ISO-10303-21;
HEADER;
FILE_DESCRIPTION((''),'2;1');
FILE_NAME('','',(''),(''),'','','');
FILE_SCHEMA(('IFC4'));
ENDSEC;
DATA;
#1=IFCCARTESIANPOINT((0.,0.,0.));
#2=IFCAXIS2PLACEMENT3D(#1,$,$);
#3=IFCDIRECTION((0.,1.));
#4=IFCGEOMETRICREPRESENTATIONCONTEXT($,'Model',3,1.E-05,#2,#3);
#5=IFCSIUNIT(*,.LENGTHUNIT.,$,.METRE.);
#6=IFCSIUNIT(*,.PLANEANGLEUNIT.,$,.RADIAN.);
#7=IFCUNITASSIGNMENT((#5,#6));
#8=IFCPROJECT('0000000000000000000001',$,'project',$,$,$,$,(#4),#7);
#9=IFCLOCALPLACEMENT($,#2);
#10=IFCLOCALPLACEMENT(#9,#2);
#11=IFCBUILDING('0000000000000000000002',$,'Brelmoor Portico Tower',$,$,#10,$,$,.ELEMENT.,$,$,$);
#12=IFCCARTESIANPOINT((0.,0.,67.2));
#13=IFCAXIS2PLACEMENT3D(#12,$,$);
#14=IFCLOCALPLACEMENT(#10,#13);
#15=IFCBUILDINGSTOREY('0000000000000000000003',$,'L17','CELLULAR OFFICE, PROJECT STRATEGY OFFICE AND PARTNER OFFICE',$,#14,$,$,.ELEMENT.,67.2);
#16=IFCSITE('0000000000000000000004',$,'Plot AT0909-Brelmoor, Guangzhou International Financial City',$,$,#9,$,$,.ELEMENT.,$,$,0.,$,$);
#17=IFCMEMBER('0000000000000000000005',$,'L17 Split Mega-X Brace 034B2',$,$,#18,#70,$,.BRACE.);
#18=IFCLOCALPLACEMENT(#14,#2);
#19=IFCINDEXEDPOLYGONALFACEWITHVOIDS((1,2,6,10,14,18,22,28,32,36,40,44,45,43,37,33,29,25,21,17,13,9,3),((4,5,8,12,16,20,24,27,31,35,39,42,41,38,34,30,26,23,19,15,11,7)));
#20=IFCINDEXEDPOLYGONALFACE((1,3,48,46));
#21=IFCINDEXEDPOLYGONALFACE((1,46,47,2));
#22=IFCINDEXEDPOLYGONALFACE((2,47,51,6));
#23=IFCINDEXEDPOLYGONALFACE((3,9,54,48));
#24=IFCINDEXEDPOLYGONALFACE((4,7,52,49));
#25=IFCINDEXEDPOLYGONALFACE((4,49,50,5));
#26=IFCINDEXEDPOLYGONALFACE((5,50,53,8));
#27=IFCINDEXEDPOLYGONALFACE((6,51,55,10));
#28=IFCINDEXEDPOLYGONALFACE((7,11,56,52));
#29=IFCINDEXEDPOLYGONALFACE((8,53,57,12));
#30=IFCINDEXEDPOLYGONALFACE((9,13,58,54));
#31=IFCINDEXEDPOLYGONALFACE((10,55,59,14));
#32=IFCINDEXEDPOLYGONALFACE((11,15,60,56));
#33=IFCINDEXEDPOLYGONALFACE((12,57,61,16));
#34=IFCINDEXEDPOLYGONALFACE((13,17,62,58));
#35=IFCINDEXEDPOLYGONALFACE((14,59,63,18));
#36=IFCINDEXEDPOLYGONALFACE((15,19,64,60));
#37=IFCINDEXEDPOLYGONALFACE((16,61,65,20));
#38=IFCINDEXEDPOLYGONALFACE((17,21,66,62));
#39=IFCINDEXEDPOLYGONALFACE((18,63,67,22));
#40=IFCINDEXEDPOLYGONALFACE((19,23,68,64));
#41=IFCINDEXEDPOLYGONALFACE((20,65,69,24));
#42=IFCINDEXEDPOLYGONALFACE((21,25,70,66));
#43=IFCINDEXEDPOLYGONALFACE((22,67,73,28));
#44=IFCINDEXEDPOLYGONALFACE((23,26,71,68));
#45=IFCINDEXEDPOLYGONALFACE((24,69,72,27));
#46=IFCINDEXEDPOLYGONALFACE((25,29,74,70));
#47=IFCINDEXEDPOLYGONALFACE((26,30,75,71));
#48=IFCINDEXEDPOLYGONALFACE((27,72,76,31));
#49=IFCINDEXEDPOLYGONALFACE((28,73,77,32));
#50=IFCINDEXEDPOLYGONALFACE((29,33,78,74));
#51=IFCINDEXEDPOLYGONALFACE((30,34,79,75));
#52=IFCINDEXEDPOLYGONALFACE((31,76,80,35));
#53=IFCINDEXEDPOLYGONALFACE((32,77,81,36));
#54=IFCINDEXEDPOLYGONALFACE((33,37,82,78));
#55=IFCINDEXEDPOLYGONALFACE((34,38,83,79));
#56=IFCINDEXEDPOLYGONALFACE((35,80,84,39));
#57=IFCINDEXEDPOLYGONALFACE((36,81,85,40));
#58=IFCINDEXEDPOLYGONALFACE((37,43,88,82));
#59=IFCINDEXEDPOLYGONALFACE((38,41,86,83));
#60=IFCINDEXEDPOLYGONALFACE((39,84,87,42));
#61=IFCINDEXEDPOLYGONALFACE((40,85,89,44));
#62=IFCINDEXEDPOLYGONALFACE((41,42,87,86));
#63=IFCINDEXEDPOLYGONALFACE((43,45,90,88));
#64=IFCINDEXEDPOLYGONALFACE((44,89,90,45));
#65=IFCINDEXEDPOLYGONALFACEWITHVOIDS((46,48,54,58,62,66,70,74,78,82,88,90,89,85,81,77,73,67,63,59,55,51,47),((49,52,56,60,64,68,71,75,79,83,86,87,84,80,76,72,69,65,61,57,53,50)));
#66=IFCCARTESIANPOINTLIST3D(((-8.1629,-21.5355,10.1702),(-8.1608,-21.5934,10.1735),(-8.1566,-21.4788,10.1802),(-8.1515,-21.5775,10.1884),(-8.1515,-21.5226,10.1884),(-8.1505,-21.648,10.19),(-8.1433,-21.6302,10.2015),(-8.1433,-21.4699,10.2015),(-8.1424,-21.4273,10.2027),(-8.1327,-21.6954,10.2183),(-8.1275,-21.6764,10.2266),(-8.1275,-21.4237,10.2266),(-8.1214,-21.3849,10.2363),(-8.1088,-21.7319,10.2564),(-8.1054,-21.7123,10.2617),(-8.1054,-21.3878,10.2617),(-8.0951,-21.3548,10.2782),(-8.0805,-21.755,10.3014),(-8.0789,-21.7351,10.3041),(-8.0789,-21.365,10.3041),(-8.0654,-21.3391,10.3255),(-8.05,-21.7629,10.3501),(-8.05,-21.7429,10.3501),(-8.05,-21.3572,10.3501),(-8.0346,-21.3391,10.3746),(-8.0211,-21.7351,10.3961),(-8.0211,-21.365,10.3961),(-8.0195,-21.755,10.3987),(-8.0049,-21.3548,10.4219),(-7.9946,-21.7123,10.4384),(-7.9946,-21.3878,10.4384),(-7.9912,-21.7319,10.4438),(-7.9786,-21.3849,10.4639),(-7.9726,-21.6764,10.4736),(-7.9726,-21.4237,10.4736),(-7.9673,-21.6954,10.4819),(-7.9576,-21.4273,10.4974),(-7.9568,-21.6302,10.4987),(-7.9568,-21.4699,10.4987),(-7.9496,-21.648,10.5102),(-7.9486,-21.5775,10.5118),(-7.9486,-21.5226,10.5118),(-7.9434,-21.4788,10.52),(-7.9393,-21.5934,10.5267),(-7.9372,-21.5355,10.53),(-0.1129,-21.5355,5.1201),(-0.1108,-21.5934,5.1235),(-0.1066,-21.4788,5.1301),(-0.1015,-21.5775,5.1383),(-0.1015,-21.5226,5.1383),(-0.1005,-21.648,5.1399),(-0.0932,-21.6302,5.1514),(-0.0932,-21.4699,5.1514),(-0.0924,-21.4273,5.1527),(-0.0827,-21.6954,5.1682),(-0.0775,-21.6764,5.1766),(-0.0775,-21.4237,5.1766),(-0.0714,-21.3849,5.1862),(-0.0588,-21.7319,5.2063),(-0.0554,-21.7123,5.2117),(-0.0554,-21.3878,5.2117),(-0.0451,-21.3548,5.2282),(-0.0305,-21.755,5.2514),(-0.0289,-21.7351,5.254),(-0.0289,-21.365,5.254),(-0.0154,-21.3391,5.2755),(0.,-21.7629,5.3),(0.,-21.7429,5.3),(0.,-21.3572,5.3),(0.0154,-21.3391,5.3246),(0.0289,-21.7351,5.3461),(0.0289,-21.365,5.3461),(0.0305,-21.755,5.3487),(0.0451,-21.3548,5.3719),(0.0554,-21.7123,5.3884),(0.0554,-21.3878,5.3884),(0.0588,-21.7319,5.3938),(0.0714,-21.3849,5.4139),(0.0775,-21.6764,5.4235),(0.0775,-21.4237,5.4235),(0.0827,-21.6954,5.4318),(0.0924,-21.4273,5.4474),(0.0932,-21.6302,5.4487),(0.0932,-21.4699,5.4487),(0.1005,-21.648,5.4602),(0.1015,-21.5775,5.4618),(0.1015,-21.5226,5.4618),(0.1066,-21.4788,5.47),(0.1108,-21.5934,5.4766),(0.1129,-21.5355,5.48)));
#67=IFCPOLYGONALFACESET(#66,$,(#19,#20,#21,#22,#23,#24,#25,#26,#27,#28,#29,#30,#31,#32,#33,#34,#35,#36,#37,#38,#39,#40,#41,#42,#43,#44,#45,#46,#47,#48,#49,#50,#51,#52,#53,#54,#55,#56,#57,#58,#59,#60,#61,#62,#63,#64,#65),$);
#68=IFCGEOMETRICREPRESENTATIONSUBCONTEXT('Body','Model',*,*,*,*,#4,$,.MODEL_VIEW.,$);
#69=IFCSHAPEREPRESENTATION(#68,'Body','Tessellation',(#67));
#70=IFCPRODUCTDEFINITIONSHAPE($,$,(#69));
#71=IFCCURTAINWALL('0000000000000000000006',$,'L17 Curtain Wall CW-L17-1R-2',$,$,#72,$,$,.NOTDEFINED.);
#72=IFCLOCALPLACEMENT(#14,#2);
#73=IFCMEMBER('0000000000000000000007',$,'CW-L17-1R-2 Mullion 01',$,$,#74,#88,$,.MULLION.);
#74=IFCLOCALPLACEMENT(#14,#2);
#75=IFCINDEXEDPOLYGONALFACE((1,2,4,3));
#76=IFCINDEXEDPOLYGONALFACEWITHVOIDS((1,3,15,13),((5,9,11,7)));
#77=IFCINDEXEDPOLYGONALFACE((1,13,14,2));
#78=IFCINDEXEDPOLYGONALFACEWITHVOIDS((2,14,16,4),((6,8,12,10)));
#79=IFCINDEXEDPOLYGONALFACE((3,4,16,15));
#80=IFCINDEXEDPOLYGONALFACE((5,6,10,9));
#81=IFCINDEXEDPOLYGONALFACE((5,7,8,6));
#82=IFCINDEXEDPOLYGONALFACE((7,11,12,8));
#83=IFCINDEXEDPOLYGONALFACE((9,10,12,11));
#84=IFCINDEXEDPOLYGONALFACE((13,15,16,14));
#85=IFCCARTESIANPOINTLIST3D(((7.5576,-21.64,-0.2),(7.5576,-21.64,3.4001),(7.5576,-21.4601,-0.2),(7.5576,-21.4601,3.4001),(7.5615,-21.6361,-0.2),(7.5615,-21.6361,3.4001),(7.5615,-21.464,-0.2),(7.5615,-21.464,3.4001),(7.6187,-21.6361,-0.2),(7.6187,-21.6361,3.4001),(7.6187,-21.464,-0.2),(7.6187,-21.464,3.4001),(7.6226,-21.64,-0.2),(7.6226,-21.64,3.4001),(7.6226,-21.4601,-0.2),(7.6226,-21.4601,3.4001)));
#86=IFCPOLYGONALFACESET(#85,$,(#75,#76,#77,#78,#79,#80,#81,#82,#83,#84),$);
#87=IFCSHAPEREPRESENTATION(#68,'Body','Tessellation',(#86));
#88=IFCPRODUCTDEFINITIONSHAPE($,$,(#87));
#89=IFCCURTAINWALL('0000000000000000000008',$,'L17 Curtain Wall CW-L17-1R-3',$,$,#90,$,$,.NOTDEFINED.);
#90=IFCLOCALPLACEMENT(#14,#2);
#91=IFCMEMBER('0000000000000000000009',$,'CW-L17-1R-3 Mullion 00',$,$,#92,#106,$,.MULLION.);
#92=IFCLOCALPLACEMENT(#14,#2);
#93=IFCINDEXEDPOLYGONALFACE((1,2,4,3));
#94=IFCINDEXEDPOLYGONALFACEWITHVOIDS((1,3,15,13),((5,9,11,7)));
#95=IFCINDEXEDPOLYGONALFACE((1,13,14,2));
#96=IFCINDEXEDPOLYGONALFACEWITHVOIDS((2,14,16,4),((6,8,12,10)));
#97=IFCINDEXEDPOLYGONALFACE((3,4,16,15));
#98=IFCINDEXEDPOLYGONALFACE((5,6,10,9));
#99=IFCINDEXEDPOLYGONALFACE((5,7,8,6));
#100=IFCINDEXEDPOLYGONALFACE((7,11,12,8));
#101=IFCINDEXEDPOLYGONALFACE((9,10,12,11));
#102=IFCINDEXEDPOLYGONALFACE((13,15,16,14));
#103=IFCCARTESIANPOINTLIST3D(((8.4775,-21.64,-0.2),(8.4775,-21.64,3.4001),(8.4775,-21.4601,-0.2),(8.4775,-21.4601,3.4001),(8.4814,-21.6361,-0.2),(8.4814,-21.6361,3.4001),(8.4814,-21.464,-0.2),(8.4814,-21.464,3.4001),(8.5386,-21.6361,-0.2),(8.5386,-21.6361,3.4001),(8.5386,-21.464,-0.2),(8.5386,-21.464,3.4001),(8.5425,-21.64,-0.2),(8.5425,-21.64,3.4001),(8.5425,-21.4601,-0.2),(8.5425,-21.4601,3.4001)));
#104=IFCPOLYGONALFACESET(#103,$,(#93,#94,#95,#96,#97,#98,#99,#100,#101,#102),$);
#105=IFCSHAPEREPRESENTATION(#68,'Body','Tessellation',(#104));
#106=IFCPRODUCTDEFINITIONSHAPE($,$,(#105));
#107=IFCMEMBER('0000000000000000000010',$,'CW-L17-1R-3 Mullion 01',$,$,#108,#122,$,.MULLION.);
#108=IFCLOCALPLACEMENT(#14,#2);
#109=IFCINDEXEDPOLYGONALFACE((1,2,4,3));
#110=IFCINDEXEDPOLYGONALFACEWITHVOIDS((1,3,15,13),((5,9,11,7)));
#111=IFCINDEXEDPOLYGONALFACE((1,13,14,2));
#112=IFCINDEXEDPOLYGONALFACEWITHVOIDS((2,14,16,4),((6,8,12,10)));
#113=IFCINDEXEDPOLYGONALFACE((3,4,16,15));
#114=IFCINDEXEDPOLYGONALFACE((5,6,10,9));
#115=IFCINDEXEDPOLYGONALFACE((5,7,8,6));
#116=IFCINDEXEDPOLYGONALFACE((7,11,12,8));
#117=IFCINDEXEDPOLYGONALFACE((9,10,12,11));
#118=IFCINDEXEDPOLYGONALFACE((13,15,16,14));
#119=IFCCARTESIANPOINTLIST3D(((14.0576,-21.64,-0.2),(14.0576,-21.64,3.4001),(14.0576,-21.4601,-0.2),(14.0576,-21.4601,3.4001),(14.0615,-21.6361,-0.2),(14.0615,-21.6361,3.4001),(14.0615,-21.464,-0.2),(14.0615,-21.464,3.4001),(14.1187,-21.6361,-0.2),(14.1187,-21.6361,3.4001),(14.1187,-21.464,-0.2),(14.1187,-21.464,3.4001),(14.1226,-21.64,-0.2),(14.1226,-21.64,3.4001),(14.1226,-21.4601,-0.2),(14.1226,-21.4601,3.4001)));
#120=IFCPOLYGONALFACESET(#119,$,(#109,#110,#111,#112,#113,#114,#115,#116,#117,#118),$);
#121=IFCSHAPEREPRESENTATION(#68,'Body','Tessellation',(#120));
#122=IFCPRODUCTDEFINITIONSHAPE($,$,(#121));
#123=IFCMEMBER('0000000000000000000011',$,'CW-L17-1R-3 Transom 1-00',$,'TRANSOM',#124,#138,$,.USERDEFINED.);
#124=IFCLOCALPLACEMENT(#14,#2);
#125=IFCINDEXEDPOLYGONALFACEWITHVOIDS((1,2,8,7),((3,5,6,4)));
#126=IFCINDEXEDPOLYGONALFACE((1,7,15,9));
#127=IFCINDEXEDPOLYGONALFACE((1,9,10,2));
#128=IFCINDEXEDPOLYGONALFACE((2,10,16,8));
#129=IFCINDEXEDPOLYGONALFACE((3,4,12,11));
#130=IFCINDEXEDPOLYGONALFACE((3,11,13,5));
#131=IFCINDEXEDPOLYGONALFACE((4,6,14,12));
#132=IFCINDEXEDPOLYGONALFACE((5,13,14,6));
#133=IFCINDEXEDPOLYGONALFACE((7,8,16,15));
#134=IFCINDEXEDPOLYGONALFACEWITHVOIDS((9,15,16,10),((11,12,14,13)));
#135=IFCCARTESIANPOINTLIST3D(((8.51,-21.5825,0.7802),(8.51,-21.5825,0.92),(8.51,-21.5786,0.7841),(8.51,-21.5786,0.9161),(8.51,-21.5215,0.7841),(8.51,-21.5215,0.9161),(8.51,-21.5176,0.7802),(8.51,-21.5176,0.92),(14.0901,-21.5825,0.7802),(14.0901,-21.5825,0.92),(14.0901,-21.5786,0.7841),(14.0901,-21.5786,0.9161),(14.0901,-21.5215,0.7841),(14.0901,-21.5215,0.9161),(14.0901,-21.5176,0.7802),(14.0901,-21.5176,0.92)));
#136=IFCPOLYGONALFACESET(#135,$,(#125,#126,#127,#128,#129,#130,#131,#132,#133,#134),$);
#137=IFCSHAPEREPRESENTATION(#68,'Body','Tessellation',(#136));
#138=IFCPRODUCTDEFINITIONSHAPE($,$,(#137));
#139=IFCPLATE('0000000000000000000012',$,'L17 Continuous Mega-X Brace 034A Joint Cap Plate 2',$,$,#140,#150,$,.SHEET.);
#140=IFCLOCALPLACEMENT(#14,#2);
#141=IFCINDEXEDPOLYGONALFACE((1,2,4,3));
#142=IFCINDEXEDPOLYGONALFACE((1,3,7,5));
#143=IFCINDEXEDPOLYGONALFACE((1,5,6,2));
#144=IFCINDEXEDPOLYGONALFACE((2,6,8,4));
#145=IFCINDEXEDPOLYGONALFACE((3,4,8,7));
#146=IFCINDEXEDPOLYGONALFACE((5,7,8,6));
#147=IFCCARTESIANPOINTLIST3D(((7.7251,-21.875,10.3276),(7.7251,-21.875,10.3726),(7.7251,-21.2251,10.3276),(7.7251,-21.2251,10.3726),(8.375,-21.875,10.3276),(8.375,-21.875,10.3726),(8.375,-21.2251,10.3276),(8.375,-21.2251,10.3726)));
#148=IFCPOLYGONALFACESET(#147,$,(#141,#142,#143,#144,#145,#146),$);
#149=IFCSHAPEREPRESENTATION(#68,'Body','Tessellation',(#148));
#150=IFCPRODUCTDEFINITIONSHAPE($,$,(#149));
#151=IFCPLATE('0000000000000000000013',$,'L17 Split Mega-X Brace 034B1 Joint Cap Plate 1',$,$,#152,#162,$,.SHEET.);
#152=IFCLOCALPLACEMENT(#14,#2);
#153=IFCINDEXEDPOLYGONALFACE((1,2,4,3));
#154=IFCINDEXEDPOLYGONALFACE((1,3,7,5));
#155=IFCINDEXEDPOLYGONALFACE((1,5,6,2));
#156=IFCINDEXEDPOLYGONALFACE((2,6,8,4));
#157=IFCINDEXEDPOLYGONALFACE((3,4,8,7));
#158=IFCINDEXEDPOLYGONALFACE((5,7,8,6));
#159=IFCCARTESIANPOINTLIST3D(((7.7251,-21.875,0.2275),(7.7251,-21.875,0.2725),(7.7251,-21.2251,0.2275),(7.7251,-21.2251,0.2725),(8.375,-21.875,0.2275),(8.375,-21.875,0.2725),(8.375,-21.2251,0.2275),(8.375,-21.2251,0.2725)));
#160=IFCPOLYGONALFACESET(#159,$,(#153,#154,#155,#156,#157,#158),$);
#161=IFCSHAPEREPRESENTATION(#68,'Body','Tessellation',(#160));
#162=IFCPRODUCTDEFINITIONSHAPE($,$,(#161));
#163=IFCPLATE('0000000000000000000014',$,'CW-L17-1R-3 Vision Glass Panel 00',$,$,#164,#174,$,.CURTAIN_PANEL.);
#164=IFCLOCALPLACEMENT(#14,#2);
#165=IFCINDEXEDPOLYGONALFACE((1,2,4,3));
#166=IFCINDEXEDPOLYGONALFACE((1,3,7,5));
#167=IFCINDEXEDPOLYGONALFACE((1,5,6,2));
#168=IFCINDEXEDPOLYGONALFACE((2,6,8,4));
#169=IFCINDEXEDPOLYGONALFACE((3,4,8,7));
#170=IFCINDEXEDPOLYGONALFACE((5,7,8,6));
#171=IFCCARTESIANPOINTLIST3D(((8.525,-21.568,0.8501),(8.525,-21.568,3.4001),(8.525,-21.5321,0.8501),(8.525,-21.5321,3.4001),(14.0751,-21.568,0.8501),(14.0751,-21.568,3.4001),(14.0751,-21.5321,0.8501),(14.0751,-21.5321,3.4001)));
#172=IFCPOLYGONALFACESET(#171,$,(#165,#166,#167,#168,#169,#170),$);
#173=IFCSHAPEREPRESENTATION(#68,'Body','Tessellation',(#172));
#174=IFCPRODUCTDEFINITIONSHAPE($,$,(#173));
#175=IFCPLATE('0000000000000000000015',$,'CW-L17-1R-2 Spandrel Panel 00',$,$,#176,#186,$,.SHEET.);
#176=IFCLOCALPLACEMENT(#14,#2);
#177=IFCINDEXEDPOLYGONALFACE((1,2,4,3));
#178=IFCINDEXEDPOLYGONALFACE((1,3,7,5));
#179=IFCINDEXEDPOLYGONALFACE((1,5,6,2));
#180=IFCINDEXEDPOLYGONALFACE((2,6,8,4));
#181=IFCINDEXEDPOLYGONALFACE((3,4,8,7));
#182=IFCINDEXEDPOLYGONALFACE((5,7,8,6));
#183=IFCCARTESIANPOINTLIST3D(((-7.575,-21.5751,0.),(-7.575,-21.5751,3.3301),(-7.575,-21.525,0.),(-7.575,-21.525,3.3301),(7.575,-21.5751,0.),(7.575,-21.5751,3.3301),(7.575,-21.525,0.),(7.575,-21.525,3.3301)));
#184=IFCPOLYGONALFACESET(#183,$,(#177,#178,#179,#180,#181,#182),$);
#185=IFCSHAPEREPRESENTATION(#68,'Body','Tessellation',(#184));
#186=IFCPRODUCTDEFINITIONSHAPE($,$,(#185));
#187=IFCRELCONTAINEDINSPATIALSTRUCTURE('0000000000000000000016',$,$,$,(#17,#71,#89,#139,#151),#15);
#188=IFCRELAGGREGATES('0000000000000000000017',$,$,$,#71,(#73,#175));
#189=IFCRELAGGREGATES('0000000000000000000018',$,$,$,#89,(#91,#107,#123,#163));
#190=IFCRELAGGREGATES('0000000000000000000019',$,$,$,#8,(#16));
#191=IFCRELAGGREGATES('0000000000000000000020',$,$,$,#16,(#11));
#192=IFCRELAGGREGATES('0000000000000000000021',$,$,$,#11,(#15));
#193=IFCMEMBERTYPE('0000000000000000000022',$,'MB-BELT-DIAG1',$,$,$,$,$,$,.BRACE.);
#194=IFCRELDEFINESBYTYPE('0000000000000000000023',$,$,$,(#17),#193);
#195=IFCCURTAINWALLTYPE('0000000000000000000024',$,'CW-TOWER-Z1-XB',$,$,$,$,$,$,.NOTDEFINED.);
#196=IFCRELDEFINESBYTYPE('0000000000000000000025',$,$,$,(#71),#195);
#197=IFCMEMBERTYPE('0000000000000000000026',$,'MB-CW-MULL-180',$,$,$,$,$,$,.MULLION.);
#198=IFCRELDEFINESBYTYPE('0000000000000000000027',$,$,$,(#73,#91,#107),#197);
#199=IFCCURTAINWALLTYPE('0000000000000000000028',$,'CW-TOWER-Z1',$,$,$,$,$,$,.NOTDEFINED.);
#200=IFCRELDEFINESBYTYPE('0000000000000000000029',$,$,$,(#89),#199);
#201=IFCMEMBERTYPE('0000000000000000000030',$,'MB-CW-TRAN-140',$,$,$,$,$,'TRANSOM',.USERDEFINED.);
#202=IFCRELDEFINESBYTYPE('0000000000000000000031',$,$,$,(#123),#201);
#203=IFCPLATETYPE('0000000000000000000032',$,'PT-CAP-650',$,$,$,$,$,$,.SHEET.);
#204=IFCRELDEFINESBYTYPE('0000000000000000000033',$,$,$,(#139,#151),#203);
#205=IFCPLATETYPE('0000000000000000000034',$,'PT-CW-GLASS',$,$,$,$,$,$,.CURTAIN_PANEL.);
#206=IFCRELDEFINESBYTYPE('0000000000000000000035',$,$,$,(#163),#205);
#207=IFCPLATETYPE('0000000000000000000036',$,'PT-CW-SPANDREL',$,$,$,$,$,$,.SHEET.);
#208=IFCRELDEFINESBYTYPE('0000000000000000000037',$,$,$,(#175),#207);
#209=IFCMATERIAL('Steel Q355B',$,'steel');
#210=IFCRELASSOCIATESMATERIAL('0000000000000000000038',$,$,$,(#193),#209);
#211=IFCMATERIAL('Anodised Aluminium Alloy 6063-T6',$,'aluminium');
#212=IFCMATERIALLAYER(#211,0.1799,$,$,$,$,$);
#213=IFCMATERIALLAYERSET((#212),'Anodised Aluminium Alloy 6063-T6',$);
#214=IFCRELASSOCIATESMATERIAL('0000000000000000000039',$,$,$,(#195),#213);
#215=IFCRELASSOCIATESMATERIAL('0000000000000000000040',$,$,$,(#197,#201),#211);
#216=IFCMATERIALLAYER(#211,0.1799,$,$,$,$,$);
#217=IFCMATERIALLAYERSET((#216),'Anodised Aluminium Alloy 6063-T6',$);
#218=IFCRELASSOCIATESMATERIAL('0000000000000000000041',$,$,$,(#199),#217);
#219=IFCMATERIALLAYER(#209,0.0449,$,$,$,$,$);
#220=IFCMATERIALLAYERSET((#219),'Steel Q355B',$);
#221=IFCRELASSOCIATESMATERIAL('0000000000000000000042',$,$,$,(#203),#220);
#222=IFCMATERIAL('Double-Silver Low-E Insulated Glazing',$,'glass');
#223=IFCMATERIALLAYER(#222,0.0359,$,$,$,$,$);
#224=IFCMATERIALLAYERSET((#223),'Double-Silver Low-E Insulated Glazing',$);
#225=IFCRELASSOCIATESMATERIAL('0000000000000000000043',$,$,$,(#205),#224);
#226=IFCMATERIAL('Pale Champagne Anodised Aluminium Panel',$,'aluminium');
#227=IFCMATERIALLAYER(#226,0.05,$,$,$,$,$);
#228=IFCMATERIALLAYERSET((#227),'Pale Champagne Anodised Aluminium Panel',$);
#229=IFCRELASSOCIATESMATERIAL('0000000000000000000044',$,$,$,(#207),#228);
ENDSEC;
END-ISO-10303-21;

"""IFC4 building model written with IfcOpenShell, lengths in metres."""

from ifc_helpers import new_model, si_unit, direction, frame, origin, origin_2d, place, context, subcontext, project, spatial, rectangle, hollow_rectangle, hollow_circle, extrude, material, layer, layer_set, material_profile, profile_set, type_object, element, aggregate, save


model = new_model("IFC4")

# Units and contexts
model_context = context("Model", 3, precision=1e-05, world=origin(), true_north=direction((0.0, 1.0)))
body_context = subcontext(model_context, "Body", "Model", "MODEL_VIEW")
ifc_project = project(units=[si_unit("LENGTHUNIT", "METRE"), si_unit("PLANEANGLEUNIT", "RADIAN")], contexts=[model_context])

# Site, building, storey
site_placement = place(None, origin())
site = spatial("IfcSite", under=ifc_project, at=site_placement, Name="Plot AT0909-Brelmoor, Guangzhou International Financial City", CompositionType="ELEMENT", RefElevation=0.0)
building_placement = place(site_placement, origin())
building = spatial("IfcBuilding", under=site, at=building_placement, Name="Brelmoor Portico Tower", CompositionType="ELEMENT")
storey_placement = place(building_placement, frame((0.0, 0.0, 67.2)))
storey = spatial("IfcBuildingStorey", under=building, at=storey_placement, Name="L17", Description="CELLULAR OFFICE, PROJECT STRATEGY OFFICE AND PARTNER OFFICE", CompositionType="ELEMENT", Elevation=67.2)

# Shared definitions
ifc_material_1 = material(Name="Steel Q355B", Category="steel")

# Member
ifc_material_profile_1 = material_profile(ifc_material_1, hollow_circle(Radius=0.2129, WallThickness=0.02, at=origin_2d()), Name="CHS 426x20")
ifc_profile_set_1 = profile_set([ifc_material_profile_1], Name="Steel Q355B")
member_type_1 = type_object("IfcMemberType", Name="MB-BELT-DIAG1", PredefinedType="BRACE", material=ifc_profile_set_1)
for number, where, z_axis, x_axis, name in (
    (1, (0.0, -21.55, 5.3), (-0.847109, 0.0, 0.531418), (0.0, -1.0, 0.0), "L17 Split Mega-X Brace 034B2"),
):
    element("IfcMember", number, at=place(storey_placement, frame(where, z_axis=z_axis, x_axis=x_axis)), inside=storey, type_object=member_type_1, Name=name, PredefinedType="BRACE", context=body_context, shape_type="SweptSolid", body=[
        extrude(hollow_circle(Radius=0.2129, WallThickness=0.02, at=origin_2d()), origin(), (0.0, 0.0, 1.0), 9.5029),
    ])

# Curtain wall, member
ifc_material_2 = material(Name="Anodised Aluminium Alloy 6063-T6", Category="aluminium")
ifc_layer_1 = layer(ifc_material_2, 0.1799)
ifc_layer_set_1 = layer_set([ifc_layer_1], Name="Anodised Aluminium Alloy 6063-T6")
curtain_wall_type_1 = type_object("IfcCurtainWallType", Name="CW-TOWER-Z1-XB", PredefinedType="NOTDEFINED", material=ifc_layer_set_1)
curtain_wall_1_placement = place(storey_placement, origin())
curtain_wall_1 = element("IfcCurtainWall", 2, at=curtain_wall_1_placement, inside=storey, type_object=curtain_wall_type_1, Name="L17 Curtain Wall CW-L17-1R-2", PredefinedType="NOTDEFINED")
ifc_material_profile_2 = material_profile(ifc_material_2, hollow_rectangle(XDim=0.0649, YDim=0.1799, WallThickness=0.0039, at=origin_2d()), Name="ALU MULLION 65x180")
ifc_profile_set_2 = profile_set([ifc_material_profile_2], Name="Anodised Aluminium Alloy 6063-T6")
member_type_2 = type_object("IfcMemberType", Name="MB-CW-MULL-180", PredefinedType="MULLION", material=ifc_profile_set_2)
member_1_placement = place(storey_placement, frame((7.5901, -21.55, -0.2), z_axis=(0.0, 0.0, 1.0), x_axis=(1.0, 0.0, 0.0)))
member_1 = element("IfcMember", 3, at=member_1_placement, type_object=member_type_2, Name="CW-L17-1R-2 Mullion 01", PredefinedType="MULLION", context=body_context, shape_type="SweptSolid", body=[
    extrude(hollow_rectangle(XDim=0.0649, YDim=0.1799, WallThickness=0.0039, at=origin_2d()), origin(), (0.0, 0.0, 1.0), 3.6001),
])

# Curtain wall, members
ifc_layer_2 = layer(ifc_material_2, 0.1799)
ifc_layer_set_2 = layer_set([ifc_layer_2], Name="Anodised Aluminium Alloy 6063-T6")
curtain_wall_type_2 = type_object("IfcCurtainWallType", Name="CW-TOWER-Z1", PredefinedType="NOTDEFINED", material=ifc_layer_set_2)
curtain_wall_2_placement = place(storey_placement, origin())
curtain_wall_2 = element("IfcCurtainWall", 4, at=curtain_wall_2_placement, inside=storey, type_object=curtain_wall_type_2, Name="L17 Curtain Wall CW-L17-1R-3", PredefinedType="NOTDEFINED")
member_2_placement = place(storey_placement, frame((8.51, -21.55, -0.2), z_axis=(0.0, 0.0, 1.0), x_axis=(1.0, 0.0, 0.0)))
member_2 = element("IfcMember", 5, at=member_2_placement, type_object=member_type_2, Name="CW-L17-1R-3 Mullion 00", PredefinedType="MULLION", context=body_context, shape_type="SweptSolid", body=[
    extrude(hollow_rectangle(XDim=0.0649, YDim=0.1799, WallThickness=0.0039, at=origin_2d()), origin(), (0.0, 0.0, 1.0), 3.6001),
])
member_3_placement = place(storey_placement, frame((14.0901, -21.55, -0.2), z_axis=(0.0, 0.0, 1.0), x_axis=(1.0, 0.0, 0.0)))
member_3 = element("IfcMember", 6, at=member_3_placement, type_object=member_type_2, Name="CW-L17-1R-3 Mullion 01", PredefinedType="MULLION", context=body_context, shape_type="SweptSolid", body=[
    extrude(hollow_rectangle(XDim=0.0649, YDim=0.1799, WallThickness=0.0039, at=origin_2d()), origin(), (0.0, 0.0, 1.0), 3.6001),
])
ifc_material_profile_3 = material_profile(ifc_material_2, hollow_rectangle(XDim=0.0649, YDim=0.1399, WallThickness=0.0039, at=origin_2d()), Name="ALU TRANSOM 65x140")
ifc_profile_set_3 = profile_set([ifc_material_profile_3], Name="Anodised Aluminium Alloy 6063-T6")
member_type_3 = type_object("IfcMemberType", Name="MB-CW-TRAN-140", ElementType="TRANSOM", PredefinedType="USERDEFINED", material=ifc_profile_set_3)
member_4_placement = place(storey_placement, frame((8.51, -21.55, 0.8501), z_axis=(1.0, 0.0, 0.0), x_axis=(0.0, 1.0, 0.0)))
member_4 = element("IfcMember", 7, at=member_4_placement, type_object=member_type_3, Name="CW-L17-1R-3 Transom 1-00", ObjectType="TRANSOM", PredefinedType="USERDEFINED", context=body_context, shape_type="SweptSolid", body=[
    extrude(hollow_rectangle(XDim=0.0649, YDim=0.1399, WallThickness=0.0039, at=origin_2d()), origin(), (0.0, 0.0, 1.0), 5.5801),
])

# Plates
ifc_layer_3 = layer(ifc_material_1, 0.0449)
ifc_layer_set_3 = layer_set([ifc_layer_3], Name="Steel Q355B")
plate_type_1 = type_object("IfcPlateType", Name="PT-CAP-650", PredefinedType="SHEET", material=ifc_layer_set_3)
for number, where, z_axis, x_axis, name in (
    (8, (8.05, -21.55, 10.3276), (0.0, 0.0, 1.0), (1.0, 0.0, 0.0), "L17 Continuous Mega-X Brace 034A Joint Cap Plate 2"),
    (9, (8.05, -21.55, 0.2275), (0.0, 0.0, 1.0), (1.0, 0.0, 0.0), "L17 Split Mega-X Brace 034B1 Joint Cap Plate 1"),
):
    element("IfcPlate", number, at=place(storey_placement, frame(where, z_axis=z_axis, x_axis=x_axis)), inside=storey, type_object=plate_type_1, Name=name, PredefinedType="SHEET", context=body_context, shape_type="SweptSolid", body=[
        extrude(rectangle(XDim=0.6499, YDim=0.6499, at=origin_2d()), origin(), (0.0, 0.0, 1.0), 0.0449),
    ])

# Plates
ifc_material_3 = material(Name="Double-Silver Low-E Insulated Glazing", Category="glass")
ifc_layer_4 = layer(ifc_material_3, 0.0359)
ifc_layer_set_4 = layer_set([ifc_layer_4], Name="Double-Silver Low-E Insulated Glazing")
plate_type_2 = type_object("IfcPlateType", Name="PT-CW-GLASS", PredefinedType="CURTAIN_PANEL", material=ifc_layer_set_4)
plate_1_placement = place(storey_placement, frame((11.3, -21.55, 0.8501), z_axis=(0.0, 0.0, 1.0), x_axis=(1.0, 0.0, 0.0)))
plate_1 = element("IfcPlate", 10, at=plate_1_placement, type_object=plate_type_2, Name="CW-L17-1R-3 Vision Glass Panel 00", PredefinedType="CURTAIN_PANEL", context=body_context, shape_type="SweptSolid", body=[
    extrude(rectangle(XDim=5.55, YDim=0.0359, at=origin_2d()), origin(), (0.0, 0.0, 1.0), 2.55),
])
ifc_material_4 = material(Name="Pale Champagne Anodised Aluminium Panel", Category="aluminium")
ifc_layer_5 = layer(ifc_material_4, 0.05)
ifc_layer_set_5 = layer_set([ifc_layer_5], Name="Pale Champagne Anodised Aluminium Panel")
plate_type_3 = type_object("IfcPlateType", Name="PT-CW-SPANDREL", PredefinedType="SHEET", material=ifc_layer_set_5)
plate_2_placement = place(storey_placement, frame((0.0, -21.55, 0.0), z_axis=(0.0, 0.0, 1.0), x_axis=(1.0, 0.0, 0.0)))
plate_2 = element("IfcPlate", 11, at=plate_2_placement, type_object=plate_type_3, Name="CW-L17-1R-2 Spandrel Panel 00", PredefinedType="SHEET", context=body_context, shape_type="SweptSolid", body=[
    extrude(rectangle(XDim=15.1499, YDim=0.05, at=origin_2d()), origin(), (0.0, 0.0, 1.0), 3.3301),
])
aggregate(curtain_wall_1, [member_1, plate_2])
aggregate(curtain_wall_2, [member_2, member_3, member_4, plate_1])

save(model, "model.ifc")
